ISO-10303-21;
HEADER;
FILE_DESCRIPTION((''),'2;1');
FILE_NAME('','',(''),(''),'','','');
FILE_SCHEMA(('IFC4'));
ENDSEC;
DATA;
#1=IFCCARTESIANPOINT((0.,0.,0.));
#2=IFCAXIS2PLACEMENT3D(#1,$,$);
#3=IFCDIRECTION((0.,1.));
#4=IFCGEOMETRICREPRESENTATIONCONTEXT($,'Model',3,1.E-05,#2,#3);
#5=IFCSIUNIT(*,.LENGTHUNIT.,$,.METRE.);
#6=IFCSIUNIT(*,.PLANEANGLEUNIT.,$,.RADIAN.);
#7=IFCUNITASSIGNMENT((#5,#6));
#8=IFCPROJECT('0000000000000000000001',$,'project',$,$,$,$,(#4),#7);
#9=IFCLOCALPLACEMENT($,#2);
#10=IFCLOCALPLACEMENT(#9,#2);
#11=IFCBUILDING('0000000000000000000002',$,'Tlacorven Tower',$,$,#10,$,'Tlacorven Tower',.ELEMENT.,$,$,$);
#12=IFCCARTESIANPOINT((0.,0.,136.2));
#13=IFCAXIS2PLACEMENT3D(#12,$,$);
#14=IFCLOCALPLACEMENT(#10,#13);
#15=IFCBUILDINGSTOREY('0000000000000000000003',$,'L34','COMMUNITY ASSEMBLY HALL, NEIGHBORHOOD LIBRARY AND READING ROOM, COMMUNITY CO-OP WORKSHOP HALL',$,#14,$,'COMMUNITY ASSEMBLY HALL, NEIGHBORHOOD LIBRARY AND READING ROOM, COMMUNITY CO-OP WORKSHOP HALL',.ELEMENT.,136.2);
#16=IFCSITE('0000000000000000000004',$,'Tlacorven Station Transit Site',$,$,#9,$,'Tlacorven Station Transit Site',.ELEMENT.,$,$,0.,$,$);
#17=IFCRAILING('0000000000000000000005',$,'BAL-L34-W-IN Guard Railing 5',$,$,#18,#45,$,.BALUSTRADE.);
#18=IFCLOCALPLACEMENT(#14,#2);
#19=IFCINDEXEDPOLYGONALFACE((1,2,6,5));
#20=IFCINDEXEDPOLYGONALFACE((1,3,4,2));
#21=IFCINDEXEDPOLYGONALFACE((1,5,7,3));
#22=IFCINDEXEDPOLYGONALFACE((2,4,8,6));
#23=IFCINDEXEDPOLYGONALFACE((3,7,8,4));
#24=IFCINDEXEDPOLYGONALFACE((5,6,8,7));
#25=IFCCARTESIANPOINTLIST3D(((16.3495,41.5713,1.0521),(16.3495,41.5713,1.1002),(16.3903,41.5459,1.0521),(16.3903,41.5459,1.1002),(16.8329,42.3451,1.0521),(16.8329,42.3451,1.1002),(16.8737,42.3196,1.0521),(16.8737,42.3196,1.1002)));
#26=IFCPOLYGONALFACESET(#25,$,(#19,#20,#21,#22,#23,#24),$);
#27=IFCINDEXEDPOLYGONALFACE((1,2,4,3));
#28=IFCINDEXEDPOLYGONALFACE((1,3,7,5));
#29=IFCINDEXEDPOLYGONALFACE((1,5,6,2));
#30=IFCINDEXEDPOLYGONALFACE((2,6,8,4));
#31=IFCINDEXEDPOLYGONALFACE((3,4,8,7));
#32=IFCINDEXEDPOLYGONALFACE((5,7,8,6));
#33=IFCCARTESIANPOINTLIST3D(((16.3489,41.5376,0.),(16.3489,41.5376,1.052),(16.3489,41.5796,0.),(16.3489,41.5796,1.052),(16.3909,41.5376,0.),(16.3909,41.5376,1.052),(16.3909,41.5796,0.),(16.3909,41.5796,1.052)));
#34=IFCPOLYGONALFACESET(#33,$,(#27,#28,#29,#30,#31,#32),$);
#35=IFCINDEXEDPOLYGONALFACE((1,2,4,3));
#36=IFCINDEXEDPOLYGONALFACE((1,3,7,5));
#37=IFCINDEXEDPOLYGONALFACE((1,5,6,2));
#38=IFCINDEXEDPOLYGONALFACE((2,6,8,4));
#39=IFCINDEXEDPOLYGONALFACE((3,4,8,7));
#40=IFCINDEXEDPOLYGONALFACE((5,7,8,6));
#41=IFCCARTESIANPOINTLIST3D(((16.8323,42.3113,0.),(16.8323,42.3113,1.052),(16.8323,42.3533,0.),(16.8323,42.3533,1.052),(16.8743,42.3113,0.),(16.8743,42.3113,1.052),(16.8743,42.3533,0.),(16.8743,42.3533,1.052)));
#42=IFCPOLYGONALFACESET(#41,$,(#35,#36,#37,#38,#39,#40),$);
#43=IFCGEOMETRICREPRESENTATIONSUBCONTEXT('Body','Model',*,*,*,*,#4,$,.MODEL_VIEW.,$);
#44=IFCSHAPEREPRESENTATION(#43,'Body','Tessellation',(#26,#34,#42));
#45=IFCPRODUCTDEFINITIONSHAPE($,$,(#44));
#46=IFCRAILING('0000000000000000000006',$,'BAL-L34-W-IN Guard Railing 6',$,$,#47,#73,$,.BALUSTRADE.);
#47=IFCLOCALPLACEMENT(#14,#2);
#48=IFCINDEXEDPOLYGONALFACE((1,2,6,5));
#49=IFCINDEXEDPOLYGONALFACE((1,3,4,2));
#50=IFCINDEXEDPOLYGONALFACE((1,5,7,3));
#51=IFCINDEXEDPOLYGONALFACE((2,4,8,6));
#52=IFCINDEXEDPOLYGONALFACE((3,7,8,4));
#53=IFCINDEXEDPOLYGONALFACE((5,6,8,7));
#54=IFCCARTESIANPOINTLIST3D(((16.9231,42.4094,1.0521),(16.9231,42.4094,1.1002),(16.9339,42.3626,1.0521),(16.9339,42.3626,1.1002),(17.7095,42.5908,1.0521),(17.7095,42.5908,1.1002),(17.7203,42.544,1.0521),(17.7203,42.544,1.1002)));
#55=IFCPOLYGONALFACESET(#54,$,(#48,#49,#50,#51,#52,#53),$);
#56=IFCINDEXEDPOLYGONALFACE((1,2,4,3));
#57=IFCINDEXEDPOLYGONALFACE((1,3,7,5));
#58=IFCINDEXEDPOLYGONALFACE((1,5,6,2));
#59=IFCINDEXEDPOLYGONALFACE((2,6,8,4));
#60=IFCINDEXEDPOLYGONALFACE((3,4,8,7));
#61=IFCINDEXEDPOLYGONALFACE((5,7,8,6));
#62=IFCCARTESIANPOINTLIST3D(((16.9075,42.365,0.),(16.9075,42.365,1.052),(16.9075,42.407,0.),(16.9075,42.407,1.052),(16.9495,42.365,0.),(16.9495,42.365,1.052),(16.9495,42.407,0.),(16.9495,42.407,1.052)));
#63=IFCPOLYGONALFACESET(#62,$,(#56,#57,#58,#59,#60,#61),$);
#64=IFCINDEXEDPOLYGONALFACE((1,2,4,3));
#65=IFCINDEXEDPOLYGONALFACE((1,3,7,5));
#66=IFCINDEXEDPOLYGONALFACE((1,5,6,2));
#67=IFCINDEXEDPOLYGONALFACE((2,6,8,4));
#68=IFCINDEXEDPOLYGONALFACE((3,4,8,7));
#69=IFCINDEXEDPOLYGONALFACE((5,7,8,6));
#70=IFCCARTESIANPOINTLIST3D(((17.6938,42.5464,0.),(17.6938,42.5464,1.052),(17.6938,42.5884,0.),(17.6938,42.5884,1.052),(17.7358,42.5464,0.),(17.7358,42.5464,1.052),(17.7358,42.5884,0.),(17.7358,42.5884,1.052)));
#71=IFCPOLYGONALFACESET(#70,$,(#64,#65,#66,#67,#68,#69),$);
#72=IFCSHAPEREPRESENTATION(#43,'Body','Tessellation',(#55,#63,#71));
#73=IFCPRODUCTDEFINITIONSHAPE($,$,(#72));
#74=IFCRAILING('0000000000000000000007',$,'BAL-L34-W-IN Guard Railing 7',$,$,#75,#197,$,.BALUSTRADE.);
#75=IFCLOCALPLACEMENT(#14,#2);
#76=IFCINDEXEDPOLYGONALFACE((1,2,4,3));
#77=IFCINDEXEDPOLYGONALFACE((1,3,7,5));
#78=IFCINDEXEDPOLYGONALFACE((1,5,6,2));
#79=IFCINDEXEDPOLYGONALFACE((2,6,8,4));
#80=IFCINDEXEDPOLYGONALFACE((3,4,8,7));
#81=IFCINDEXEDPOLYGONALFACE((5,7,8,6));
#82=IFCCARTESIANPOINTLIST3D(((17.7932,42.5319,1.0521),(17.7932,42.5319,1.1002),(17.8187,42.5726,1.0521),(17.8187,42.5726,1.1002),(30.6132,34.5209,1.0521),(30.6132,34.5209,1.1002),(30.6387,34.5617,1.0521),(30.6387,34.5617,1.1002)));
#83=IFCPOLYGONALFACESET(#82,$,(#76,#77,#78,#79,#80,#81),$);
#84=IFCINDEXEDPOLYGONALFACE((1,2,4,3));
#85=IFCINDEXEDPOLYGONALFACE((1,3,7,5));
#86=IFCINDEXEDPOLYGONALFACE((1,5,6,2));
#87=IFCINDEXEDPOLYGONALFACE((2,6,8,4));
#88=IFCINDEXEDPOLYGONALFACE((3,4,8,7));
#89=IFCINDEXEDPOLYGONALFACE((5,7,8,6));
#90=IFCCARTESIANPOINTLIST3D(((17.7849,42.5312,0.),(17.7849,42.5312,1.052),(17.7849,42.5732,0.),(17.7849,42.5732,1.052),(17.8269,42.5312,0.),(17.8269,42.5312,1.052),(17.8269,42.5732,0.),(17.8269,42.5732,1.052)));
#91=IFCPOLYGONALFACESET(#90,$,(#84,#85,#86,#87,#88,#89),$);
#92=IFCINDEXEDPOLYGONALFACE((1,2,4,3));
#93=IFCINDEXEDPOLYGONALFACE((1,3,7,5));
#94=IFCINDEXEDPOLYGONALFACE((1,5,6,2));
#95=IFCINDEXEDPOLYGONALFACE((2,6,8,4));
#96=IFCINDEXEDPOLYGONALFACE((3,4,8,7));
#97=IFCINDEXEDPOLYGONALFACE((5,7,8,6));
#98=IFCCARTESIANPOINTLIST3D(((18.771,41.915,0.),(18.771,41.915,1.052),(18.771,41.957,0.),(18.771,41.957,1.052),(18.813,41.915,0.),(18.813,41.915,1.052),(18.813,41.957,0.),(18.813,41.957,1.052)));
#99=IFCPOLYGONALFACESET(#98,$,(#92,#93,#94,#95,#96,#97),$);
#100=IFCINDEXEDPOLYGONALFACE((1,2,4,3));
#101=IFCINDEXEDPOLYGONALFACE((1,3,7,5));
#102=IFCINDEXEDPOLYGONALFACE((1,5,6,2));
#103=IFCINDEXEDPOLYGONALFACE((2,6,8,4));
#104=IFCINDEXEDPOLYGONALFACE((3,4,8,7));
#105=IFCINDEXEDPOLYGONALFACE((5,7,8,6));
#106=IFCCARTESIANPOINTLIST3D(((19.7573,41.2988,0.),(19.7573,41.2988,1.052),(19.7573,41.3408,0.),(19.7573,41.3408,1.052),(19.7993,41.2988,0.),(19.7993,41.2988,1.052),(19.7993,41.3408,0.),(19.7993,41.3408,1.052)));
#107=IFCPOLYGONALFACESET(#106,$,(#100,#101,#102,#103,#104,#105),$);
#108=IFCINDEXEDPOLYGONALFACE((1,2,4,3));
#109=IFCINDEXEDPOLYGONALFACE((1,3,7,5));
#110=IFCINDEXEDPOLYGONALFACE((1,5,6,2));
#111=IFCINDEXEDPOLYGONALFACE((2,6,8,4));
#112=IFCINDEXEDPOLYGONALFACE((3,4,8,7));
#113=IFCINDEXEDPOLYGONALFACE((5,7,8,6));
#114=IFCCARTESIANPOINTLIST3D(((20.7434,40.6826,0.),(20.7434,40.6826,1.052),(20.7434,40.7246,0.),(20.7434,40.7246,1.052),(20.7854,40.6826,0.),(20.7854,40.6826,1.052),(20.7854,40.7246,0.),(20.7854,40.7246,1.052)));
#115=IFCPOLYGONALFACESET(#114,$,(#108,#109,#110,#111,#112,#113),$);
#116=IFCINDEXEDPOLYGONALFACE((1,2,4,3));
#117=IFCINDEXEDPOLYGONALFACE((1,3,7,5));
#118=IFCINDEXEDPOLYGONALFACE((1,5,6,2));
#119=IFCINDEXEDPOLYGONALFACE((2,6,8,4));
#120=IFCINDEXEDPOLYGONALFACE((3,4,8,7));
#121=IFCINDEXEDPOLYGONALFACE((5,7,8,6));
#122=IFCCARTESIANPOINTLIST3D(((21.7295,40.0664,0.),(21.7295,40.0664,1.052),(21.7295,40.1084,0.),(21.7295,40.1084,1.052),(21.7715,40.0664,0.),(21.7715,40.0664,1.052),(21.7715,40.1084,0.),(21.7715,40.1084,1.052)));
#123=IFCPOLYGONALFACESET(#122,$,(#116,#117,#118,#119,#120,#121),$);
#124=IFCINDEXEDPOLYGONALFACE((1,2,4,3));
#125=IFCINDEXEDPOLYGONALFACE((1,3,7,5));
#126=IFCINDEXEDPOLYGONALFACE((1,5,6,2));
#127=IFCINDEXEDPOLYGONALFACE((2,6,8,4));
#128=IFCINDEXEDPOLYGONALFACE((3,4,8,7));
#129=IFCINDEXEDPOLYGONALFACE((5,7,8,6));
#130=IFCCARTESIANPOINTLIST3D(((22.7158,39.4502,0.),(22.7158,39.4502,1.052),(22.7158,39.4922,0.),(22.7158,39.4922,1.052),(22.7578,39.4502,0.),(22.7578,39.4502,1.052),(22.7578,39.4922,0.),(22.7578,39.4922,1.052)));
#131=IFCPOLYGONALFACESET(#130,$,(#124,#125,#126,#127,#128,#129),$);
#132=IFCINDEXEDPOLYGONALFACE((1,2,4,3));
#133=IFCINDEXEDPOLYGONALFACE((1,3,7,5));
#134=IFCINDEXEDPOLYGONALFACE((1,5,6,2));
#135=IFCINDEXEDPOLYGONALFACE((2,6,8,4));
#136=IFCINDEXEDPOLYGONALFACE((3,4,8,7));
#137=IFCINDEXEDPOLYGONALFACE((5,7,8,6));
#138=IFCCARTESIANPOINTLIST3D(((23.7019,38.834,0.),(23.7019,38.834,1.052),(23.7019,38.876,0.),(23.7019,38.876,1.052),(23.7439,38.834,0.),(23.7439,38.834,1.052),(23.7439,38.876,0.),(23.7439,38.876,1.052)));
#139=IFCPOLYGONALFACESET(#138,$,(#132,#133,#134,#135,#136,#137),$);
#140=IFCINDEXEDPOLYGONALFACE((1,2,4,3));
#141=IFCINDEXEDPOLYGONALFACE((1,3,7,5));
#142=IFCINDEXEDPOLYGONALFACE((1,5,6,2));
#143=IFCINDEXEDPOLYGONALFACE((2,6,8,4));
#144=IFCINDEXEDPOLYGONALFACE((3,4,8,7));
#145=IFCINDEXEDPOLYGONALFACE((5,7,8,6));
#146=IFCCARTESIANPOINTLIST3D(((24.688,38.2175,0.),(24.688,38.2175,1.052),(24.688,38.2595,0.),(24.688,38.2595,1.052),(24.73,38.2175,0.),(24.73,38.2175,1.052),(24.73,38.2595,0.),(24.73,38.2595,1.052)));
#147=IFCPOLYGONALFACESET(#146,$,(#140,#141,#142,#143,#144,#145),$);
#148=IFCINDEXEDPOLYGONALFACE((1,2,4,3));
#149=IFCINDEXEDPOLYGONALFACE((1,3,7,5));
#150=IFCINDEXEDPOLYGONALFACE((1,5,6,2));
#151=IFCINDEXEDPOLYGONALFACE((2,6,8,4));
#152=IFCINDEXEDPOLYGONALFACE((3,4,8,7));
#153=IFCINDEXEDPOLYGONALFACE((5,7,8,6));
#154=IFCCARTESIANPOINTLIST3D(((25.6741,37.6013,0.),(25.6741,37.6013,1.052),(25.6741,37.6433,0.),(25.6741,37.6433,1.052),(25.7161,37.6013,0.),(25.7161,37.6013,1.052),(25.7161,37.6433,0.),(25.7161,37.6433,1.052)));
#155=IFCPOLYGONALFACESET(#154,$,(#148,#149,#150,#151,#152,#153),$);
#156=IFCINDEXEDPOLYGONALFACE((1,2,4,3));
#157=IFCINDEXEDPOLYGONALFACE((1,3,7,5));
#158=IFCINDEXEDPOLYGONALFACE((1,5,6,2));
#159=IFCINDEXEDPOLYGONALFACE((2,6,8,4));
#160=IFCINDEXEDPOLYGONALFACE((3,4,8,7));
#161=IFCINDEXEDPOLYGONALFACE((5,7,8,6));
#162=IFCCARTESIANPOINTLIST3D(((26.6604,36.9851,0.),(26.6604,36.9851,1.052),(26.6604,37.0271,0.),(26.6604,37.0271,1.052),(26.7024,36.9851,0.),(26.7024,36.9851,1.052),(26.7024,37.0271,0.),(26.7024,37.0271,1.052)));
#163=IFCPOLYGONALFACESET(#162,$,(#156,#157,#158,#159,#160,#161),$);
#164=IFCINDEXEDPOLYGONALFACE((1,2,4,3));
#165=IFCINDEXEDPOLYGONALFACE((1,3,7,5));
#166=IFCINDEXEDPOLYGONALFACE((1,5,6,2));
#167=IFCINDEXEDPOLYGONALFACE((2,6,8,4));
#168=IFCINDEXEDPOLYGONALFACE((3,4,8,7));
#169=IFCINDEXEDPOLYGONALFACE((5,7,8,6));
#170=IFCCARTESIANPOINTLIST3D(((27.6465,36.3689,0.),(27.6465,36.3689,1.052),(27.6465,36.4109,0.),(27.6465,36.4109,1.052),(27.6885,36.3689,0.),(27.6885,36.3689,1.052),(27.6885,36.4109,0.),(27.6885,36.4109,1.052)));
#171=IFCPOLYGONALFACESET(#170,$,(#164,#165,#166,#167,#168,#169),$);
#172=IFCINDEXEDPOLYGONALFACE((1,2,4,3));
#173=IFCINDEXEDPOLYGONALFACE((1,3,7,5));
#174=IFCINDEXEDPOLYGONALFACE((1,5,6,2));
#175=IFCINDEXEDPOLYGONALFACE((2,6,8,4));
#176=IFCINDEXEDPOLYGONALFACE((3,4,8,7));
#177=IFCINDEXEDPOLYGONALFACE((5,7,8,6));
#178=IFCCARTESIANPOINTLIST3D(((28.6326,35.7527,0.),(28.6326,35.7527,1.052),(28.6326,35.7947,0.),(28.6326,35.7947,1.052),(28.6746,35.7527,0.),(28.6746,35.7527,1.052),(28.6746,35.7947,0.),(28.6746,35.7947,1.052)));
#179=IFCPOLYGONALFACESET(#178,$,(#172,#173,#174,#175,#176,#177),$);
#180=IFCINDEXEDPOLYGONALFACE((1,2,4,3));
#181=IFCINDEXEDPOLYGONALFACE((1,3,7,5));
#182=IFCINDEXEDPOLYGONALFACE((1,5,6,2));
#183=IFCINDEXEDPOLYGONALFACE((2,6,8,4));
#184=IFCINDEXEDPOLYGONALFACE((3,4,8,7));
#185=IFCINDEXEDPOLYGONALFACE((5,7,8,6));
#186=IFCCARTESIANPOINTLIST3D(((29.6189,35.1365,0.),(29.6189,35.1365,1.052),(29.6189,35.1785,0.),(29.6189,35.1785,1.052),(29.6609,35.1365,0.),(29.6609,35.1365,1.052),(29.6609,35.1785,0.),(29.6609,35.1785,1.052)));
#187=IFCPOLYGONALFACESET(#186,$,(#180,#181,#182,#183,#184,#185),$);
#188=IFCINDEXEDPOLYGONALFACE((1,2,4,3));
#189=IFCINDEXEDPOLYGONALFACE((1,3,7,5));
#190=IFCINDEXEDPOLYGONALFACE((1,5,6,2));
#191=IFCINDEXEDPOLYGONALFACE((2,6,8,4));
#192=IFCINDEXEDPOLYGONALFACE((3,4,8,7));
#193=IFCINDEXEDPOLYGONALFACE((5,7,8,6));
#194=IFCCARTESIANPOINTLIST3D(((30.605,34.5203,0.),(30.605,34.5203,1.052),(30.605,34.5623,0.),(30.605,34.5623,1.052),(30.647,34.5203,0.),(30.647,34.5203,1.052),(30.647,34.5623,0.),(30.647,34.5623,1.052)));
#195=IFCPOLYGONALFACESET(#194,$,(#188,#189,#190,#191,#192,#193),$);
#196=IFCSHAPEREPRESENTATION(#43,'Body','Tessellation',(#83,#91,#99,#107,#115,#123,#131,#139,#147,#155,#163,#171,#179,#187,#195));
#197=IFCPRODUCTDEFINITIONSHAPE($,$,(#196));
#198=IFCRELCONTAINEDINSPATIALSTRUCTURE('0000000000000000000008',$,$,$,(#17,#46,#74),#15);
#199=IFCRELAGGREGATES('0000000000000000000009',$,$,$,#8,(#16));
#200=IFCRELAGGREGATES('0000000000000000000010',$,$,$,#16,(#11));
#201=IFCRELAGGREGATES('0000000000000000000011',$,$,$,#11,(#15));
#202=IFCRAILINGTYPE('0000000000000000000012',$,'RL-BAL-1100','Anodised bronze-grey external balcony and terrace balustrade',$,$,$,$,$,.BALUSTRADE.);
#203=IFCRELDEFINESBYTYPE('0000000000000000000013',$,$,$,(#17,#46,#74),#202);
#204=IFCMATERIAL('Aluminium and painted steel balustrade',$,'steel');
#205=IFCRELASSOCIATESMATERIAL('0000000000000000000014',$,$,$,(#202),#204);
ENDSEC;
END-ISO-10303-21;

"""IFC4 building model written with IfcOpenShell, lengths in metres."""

from ifc_helpers import new_model, si_unit, direction, frame, origin, origin_2d, place, context, subcontext, project, spatial, rectangle, extrude, source, transform, mapped, material, type_object, element, save


model = new_model("IFC4")

# Units and contexts
model_context = context("Model", 3, precision=1e-05, world=origin(), true_north=direction((0.0, 1.0)))
body_context = subcontext(model_context, "Body", "Model", "MODEL_VIEW")
ifc_project = project(units=[si_unit("LENGTHUNIT", "METRE"), si_unit("PLANEANGLEUNIT", "RADIAN")], contexts=[model_context])

# Site, building, storey
site_placement = place(None, origin())
site = spatial("IfcSite", under=ifc_project, at=site_placement, Name="Tlacorven Station Transit Site", LongName="Tlacorven Station Transit Site", CompositionType="ELEMENT", RefElevation=0.0)
building_placement = place(site_placement, origin())
building = spatial("IfcBuilding", under=site, at=building_placement, Name="Tlacorven Tower", LongName="Tlacorven Tower", CompositionType="ELEMENT")
storey_placement = place(building_placement, frame((0.0, 0.0, 136.2)))
storey = spatial("IfcBuildingStorey", under=building, at=storey_placement, Name="L34", Description="COMMUNITY ASSEMBLY HALL, NEIGHBORHOOD LIBRARY AND READING ROOM, COMMUNITY CO-OP WORKSHOP HALL", LongName="COMMUNITY ASSEMBLY HALL, NEIGHBORHOOD LIBRARY AND READING ROOM, COMMUNITY CO-OP WORKSHOP HALL", CompositionType="ELEMENT", Elevation=136.2)

# Railings
ifc_material_1 = material(Name="Aluminium and painted steel balustrade", Category="steel")
railing_type = type_object("IfcRailingType", Name="RL-BAL-1100", Description="Anodised bronze-grey external balcony and terrace balustrade", PredefinedType="BALUSTRADE", material=ifc_material_1)
shared_shape_1 = source(origin(), body_context, "Body", "SweptSolid", [
    extrude(rectangle(XDim=0.0481, YDim=0.0481, at=origin_2d()), frame((0.0, 0.0, 1.0762), z_axis=(0.529879, 0.848073, 0.0), x_axis=(-0.848073, 0.529879, 0.0)), (0.0, 0.0, 1.0), 0.9124),
    extrude(rectangle(XDim=0.042, YDim=0.042, at=origin_2d()), origin(), (0.0, 0.0, 1.0), 1.052),
    extrude(rectangle(XDim=0.042, YDim=0.042, at=origin_2d()), frame((0.4834, 0.7737, 0.0)), (0.0, 0.0, 1.0), 1.052),
])
railing_1_placement = place(storey_placement, frame((16.3699, 41.5586, 0.0)))
element("IfcRailing", 1, at=railing_1_placement, inside=storey, type_object=railing_type, Name="BAL-L34-W-IN Guard Railing 5", PredefinedType="BALUSTRADE", context=body_context, shape_type="MappedRepresentation", body=[
    mapped(shared_shape_1, transform((0.0, 0.0, 0.0), scale=1.0)),
])
shared_shape_2 = source(origin(), body_context, "Body", "SweptSolid", [
    extrude(rectangle(XDim=0.0481, YDim=0.0481, at=origin_2d()), frame((0.0, 0.0, 1.0762), z_axis=(0.974412, 0.224771, 0.0), x_axis=(-0.224771, 0.974412, 0.0)), (0.0, 0.0, 1.0), 0.8071),
    extrude(rectangle(XDim=0.042, YDim=0.042, at=origin_2d()), origin(), (0.0, 0.0, 1.0), 1.052),
    extrude(rectangle(XDim=0.042, YDim=0.042, at=origin_2d()), frame((0.7864, 0.1814, 0.0)), (0.0, 0.0, 1.0), 1.052),
])
railing_2_placement = place(storey_placement, frame((16.9285, 42.386, 0.0)))
element("IfcRailing", 2, at=railing_2_placement, inside=storey, type_object=railing_type, Name="BAL-L34-W-IN Guard Railing 6", PredefinedType="BALUSTRADE", context=body_context, shape_type="MappedRepresentation", body=[
    mapped(shared_shape_2, transform((0.0, 0.0, 0.0), scale=1.0)),
])
shared_shape_3 = source(origin(), body_context, "Body", "SweptSolid", [
    extrude(rectangle(XDim=0.0481, YDim=0.0481, at=origin_2d()), frame((0.0, 0.0, 1.0762), z_axis=(0.848045, -0.529925, 0.0), x_axis=(0.529925, 0.848045, 0.0)), (0.0, 0.0, 1.0), 15.1172),
    extrude(rectangle(XDim=0.042, YDim=0.042, at=origin_2d()), origin(), (0.0, 0.0, 1.0), 1.052),
    extrude(rectangle(XDim=0.042, YDim=0.042, at=origin_2d()), frame((0.9861, -0.6162, 0.0)), (0.0, 0.0, 1.0), 1.052),
    extrude(rectangle(XDim=0.042, YDim=0.042, at=origin_2d()), frame((1.9724, -1.2324, 0.0)), (0.0, 0.0, 1.0), 1.052),
    extrude(rectangle(XDim=0.042, YDim=0.042, at=origin_2d()), frame((2.9585, -1.8486, 0.0)), (0.0, 0.0, 1.0), 1.052),
    extrude(rectangle(XDim=0.042, YDim=0.042, at=origin_2d()), frame((3.9446, -2.4648, 0.0)), (0.0, 0.0, 1.0), 1.052),
    extrude(rectangle(XDim=0.042, YDim=0.042, at=origin_2d()), frame((4.9309, -3.0811, 0.0)), (0.0, 0.0, 1.0), 1.052),
    extrude(rectangle(XDim=0.042, YDim=0.042, at=origin_2d()), frame((5.917, -3.6973, 0.0)), (0.0, 0.0, 1.0), 1.052),
    extrude(rectangle(XDim=0.042, YDim=0.042, at=origin_2d()), frame((6.9031, -4.3137, 0.0)), (0.0, 0.0, 1.0), 1.052),
    extrude(rectangle(XDim=0.042, YDim=0.042, at=origin_2d()), frame((7.8892, -4.9299, 0.0)), (0.0, 0.0, 1.0), 1.052),
    extrude(rectangle(XDim=0.042, YDim=0.042, at=origin_2d()), frame((8.8755, -5.5461, 0.0)), (0.0, 0.0, 1.0), 1.052),
    extrude(rectangle(XDim=0.042, YDim=0.042, at=origin_2d()), frame((9.8616, -6.1624, 0.0)), (0.0, 0.0, 1.0), 1.052),
    extrude(rectangle(XDim=0.042, YDim=0.042, at=origin_2d()), frame((10.8477, -6.7786, 0.0)), (0.0, 0.0, 1.0), 1.052),
    extrude(rectangle(XDim=0.042, YDim=0.042, at=origin_2d()), frame((11.834, -7.3948, 0.0)), (0.0, 0.0, 1.0), 1.052),
    extrude(rectangle(XDim=0.042, YDim=0.042, at=origin_2d()), frame((12.8201, -8.011, 0.0)), (0.0, 0.0, 1.0), 1.052),
])
railing_3_placement = place(storey_placement, frame((17.8059, 42.5522, 0.0)))
element("IfcRailing", 3, at=railing_3_placement, inside=storey, type_object=railing_type, Name="BAL-L34-W-IN Guard Railing 7", PredefinedType="BALUSTRADE", context=body_context, shape_type="MappedRepresentation", body=[
    mapped(shared_shape_3, transform((0.0, 0.0, 0.0), scale=1.0)),
])

save(model, "model.ifc")
